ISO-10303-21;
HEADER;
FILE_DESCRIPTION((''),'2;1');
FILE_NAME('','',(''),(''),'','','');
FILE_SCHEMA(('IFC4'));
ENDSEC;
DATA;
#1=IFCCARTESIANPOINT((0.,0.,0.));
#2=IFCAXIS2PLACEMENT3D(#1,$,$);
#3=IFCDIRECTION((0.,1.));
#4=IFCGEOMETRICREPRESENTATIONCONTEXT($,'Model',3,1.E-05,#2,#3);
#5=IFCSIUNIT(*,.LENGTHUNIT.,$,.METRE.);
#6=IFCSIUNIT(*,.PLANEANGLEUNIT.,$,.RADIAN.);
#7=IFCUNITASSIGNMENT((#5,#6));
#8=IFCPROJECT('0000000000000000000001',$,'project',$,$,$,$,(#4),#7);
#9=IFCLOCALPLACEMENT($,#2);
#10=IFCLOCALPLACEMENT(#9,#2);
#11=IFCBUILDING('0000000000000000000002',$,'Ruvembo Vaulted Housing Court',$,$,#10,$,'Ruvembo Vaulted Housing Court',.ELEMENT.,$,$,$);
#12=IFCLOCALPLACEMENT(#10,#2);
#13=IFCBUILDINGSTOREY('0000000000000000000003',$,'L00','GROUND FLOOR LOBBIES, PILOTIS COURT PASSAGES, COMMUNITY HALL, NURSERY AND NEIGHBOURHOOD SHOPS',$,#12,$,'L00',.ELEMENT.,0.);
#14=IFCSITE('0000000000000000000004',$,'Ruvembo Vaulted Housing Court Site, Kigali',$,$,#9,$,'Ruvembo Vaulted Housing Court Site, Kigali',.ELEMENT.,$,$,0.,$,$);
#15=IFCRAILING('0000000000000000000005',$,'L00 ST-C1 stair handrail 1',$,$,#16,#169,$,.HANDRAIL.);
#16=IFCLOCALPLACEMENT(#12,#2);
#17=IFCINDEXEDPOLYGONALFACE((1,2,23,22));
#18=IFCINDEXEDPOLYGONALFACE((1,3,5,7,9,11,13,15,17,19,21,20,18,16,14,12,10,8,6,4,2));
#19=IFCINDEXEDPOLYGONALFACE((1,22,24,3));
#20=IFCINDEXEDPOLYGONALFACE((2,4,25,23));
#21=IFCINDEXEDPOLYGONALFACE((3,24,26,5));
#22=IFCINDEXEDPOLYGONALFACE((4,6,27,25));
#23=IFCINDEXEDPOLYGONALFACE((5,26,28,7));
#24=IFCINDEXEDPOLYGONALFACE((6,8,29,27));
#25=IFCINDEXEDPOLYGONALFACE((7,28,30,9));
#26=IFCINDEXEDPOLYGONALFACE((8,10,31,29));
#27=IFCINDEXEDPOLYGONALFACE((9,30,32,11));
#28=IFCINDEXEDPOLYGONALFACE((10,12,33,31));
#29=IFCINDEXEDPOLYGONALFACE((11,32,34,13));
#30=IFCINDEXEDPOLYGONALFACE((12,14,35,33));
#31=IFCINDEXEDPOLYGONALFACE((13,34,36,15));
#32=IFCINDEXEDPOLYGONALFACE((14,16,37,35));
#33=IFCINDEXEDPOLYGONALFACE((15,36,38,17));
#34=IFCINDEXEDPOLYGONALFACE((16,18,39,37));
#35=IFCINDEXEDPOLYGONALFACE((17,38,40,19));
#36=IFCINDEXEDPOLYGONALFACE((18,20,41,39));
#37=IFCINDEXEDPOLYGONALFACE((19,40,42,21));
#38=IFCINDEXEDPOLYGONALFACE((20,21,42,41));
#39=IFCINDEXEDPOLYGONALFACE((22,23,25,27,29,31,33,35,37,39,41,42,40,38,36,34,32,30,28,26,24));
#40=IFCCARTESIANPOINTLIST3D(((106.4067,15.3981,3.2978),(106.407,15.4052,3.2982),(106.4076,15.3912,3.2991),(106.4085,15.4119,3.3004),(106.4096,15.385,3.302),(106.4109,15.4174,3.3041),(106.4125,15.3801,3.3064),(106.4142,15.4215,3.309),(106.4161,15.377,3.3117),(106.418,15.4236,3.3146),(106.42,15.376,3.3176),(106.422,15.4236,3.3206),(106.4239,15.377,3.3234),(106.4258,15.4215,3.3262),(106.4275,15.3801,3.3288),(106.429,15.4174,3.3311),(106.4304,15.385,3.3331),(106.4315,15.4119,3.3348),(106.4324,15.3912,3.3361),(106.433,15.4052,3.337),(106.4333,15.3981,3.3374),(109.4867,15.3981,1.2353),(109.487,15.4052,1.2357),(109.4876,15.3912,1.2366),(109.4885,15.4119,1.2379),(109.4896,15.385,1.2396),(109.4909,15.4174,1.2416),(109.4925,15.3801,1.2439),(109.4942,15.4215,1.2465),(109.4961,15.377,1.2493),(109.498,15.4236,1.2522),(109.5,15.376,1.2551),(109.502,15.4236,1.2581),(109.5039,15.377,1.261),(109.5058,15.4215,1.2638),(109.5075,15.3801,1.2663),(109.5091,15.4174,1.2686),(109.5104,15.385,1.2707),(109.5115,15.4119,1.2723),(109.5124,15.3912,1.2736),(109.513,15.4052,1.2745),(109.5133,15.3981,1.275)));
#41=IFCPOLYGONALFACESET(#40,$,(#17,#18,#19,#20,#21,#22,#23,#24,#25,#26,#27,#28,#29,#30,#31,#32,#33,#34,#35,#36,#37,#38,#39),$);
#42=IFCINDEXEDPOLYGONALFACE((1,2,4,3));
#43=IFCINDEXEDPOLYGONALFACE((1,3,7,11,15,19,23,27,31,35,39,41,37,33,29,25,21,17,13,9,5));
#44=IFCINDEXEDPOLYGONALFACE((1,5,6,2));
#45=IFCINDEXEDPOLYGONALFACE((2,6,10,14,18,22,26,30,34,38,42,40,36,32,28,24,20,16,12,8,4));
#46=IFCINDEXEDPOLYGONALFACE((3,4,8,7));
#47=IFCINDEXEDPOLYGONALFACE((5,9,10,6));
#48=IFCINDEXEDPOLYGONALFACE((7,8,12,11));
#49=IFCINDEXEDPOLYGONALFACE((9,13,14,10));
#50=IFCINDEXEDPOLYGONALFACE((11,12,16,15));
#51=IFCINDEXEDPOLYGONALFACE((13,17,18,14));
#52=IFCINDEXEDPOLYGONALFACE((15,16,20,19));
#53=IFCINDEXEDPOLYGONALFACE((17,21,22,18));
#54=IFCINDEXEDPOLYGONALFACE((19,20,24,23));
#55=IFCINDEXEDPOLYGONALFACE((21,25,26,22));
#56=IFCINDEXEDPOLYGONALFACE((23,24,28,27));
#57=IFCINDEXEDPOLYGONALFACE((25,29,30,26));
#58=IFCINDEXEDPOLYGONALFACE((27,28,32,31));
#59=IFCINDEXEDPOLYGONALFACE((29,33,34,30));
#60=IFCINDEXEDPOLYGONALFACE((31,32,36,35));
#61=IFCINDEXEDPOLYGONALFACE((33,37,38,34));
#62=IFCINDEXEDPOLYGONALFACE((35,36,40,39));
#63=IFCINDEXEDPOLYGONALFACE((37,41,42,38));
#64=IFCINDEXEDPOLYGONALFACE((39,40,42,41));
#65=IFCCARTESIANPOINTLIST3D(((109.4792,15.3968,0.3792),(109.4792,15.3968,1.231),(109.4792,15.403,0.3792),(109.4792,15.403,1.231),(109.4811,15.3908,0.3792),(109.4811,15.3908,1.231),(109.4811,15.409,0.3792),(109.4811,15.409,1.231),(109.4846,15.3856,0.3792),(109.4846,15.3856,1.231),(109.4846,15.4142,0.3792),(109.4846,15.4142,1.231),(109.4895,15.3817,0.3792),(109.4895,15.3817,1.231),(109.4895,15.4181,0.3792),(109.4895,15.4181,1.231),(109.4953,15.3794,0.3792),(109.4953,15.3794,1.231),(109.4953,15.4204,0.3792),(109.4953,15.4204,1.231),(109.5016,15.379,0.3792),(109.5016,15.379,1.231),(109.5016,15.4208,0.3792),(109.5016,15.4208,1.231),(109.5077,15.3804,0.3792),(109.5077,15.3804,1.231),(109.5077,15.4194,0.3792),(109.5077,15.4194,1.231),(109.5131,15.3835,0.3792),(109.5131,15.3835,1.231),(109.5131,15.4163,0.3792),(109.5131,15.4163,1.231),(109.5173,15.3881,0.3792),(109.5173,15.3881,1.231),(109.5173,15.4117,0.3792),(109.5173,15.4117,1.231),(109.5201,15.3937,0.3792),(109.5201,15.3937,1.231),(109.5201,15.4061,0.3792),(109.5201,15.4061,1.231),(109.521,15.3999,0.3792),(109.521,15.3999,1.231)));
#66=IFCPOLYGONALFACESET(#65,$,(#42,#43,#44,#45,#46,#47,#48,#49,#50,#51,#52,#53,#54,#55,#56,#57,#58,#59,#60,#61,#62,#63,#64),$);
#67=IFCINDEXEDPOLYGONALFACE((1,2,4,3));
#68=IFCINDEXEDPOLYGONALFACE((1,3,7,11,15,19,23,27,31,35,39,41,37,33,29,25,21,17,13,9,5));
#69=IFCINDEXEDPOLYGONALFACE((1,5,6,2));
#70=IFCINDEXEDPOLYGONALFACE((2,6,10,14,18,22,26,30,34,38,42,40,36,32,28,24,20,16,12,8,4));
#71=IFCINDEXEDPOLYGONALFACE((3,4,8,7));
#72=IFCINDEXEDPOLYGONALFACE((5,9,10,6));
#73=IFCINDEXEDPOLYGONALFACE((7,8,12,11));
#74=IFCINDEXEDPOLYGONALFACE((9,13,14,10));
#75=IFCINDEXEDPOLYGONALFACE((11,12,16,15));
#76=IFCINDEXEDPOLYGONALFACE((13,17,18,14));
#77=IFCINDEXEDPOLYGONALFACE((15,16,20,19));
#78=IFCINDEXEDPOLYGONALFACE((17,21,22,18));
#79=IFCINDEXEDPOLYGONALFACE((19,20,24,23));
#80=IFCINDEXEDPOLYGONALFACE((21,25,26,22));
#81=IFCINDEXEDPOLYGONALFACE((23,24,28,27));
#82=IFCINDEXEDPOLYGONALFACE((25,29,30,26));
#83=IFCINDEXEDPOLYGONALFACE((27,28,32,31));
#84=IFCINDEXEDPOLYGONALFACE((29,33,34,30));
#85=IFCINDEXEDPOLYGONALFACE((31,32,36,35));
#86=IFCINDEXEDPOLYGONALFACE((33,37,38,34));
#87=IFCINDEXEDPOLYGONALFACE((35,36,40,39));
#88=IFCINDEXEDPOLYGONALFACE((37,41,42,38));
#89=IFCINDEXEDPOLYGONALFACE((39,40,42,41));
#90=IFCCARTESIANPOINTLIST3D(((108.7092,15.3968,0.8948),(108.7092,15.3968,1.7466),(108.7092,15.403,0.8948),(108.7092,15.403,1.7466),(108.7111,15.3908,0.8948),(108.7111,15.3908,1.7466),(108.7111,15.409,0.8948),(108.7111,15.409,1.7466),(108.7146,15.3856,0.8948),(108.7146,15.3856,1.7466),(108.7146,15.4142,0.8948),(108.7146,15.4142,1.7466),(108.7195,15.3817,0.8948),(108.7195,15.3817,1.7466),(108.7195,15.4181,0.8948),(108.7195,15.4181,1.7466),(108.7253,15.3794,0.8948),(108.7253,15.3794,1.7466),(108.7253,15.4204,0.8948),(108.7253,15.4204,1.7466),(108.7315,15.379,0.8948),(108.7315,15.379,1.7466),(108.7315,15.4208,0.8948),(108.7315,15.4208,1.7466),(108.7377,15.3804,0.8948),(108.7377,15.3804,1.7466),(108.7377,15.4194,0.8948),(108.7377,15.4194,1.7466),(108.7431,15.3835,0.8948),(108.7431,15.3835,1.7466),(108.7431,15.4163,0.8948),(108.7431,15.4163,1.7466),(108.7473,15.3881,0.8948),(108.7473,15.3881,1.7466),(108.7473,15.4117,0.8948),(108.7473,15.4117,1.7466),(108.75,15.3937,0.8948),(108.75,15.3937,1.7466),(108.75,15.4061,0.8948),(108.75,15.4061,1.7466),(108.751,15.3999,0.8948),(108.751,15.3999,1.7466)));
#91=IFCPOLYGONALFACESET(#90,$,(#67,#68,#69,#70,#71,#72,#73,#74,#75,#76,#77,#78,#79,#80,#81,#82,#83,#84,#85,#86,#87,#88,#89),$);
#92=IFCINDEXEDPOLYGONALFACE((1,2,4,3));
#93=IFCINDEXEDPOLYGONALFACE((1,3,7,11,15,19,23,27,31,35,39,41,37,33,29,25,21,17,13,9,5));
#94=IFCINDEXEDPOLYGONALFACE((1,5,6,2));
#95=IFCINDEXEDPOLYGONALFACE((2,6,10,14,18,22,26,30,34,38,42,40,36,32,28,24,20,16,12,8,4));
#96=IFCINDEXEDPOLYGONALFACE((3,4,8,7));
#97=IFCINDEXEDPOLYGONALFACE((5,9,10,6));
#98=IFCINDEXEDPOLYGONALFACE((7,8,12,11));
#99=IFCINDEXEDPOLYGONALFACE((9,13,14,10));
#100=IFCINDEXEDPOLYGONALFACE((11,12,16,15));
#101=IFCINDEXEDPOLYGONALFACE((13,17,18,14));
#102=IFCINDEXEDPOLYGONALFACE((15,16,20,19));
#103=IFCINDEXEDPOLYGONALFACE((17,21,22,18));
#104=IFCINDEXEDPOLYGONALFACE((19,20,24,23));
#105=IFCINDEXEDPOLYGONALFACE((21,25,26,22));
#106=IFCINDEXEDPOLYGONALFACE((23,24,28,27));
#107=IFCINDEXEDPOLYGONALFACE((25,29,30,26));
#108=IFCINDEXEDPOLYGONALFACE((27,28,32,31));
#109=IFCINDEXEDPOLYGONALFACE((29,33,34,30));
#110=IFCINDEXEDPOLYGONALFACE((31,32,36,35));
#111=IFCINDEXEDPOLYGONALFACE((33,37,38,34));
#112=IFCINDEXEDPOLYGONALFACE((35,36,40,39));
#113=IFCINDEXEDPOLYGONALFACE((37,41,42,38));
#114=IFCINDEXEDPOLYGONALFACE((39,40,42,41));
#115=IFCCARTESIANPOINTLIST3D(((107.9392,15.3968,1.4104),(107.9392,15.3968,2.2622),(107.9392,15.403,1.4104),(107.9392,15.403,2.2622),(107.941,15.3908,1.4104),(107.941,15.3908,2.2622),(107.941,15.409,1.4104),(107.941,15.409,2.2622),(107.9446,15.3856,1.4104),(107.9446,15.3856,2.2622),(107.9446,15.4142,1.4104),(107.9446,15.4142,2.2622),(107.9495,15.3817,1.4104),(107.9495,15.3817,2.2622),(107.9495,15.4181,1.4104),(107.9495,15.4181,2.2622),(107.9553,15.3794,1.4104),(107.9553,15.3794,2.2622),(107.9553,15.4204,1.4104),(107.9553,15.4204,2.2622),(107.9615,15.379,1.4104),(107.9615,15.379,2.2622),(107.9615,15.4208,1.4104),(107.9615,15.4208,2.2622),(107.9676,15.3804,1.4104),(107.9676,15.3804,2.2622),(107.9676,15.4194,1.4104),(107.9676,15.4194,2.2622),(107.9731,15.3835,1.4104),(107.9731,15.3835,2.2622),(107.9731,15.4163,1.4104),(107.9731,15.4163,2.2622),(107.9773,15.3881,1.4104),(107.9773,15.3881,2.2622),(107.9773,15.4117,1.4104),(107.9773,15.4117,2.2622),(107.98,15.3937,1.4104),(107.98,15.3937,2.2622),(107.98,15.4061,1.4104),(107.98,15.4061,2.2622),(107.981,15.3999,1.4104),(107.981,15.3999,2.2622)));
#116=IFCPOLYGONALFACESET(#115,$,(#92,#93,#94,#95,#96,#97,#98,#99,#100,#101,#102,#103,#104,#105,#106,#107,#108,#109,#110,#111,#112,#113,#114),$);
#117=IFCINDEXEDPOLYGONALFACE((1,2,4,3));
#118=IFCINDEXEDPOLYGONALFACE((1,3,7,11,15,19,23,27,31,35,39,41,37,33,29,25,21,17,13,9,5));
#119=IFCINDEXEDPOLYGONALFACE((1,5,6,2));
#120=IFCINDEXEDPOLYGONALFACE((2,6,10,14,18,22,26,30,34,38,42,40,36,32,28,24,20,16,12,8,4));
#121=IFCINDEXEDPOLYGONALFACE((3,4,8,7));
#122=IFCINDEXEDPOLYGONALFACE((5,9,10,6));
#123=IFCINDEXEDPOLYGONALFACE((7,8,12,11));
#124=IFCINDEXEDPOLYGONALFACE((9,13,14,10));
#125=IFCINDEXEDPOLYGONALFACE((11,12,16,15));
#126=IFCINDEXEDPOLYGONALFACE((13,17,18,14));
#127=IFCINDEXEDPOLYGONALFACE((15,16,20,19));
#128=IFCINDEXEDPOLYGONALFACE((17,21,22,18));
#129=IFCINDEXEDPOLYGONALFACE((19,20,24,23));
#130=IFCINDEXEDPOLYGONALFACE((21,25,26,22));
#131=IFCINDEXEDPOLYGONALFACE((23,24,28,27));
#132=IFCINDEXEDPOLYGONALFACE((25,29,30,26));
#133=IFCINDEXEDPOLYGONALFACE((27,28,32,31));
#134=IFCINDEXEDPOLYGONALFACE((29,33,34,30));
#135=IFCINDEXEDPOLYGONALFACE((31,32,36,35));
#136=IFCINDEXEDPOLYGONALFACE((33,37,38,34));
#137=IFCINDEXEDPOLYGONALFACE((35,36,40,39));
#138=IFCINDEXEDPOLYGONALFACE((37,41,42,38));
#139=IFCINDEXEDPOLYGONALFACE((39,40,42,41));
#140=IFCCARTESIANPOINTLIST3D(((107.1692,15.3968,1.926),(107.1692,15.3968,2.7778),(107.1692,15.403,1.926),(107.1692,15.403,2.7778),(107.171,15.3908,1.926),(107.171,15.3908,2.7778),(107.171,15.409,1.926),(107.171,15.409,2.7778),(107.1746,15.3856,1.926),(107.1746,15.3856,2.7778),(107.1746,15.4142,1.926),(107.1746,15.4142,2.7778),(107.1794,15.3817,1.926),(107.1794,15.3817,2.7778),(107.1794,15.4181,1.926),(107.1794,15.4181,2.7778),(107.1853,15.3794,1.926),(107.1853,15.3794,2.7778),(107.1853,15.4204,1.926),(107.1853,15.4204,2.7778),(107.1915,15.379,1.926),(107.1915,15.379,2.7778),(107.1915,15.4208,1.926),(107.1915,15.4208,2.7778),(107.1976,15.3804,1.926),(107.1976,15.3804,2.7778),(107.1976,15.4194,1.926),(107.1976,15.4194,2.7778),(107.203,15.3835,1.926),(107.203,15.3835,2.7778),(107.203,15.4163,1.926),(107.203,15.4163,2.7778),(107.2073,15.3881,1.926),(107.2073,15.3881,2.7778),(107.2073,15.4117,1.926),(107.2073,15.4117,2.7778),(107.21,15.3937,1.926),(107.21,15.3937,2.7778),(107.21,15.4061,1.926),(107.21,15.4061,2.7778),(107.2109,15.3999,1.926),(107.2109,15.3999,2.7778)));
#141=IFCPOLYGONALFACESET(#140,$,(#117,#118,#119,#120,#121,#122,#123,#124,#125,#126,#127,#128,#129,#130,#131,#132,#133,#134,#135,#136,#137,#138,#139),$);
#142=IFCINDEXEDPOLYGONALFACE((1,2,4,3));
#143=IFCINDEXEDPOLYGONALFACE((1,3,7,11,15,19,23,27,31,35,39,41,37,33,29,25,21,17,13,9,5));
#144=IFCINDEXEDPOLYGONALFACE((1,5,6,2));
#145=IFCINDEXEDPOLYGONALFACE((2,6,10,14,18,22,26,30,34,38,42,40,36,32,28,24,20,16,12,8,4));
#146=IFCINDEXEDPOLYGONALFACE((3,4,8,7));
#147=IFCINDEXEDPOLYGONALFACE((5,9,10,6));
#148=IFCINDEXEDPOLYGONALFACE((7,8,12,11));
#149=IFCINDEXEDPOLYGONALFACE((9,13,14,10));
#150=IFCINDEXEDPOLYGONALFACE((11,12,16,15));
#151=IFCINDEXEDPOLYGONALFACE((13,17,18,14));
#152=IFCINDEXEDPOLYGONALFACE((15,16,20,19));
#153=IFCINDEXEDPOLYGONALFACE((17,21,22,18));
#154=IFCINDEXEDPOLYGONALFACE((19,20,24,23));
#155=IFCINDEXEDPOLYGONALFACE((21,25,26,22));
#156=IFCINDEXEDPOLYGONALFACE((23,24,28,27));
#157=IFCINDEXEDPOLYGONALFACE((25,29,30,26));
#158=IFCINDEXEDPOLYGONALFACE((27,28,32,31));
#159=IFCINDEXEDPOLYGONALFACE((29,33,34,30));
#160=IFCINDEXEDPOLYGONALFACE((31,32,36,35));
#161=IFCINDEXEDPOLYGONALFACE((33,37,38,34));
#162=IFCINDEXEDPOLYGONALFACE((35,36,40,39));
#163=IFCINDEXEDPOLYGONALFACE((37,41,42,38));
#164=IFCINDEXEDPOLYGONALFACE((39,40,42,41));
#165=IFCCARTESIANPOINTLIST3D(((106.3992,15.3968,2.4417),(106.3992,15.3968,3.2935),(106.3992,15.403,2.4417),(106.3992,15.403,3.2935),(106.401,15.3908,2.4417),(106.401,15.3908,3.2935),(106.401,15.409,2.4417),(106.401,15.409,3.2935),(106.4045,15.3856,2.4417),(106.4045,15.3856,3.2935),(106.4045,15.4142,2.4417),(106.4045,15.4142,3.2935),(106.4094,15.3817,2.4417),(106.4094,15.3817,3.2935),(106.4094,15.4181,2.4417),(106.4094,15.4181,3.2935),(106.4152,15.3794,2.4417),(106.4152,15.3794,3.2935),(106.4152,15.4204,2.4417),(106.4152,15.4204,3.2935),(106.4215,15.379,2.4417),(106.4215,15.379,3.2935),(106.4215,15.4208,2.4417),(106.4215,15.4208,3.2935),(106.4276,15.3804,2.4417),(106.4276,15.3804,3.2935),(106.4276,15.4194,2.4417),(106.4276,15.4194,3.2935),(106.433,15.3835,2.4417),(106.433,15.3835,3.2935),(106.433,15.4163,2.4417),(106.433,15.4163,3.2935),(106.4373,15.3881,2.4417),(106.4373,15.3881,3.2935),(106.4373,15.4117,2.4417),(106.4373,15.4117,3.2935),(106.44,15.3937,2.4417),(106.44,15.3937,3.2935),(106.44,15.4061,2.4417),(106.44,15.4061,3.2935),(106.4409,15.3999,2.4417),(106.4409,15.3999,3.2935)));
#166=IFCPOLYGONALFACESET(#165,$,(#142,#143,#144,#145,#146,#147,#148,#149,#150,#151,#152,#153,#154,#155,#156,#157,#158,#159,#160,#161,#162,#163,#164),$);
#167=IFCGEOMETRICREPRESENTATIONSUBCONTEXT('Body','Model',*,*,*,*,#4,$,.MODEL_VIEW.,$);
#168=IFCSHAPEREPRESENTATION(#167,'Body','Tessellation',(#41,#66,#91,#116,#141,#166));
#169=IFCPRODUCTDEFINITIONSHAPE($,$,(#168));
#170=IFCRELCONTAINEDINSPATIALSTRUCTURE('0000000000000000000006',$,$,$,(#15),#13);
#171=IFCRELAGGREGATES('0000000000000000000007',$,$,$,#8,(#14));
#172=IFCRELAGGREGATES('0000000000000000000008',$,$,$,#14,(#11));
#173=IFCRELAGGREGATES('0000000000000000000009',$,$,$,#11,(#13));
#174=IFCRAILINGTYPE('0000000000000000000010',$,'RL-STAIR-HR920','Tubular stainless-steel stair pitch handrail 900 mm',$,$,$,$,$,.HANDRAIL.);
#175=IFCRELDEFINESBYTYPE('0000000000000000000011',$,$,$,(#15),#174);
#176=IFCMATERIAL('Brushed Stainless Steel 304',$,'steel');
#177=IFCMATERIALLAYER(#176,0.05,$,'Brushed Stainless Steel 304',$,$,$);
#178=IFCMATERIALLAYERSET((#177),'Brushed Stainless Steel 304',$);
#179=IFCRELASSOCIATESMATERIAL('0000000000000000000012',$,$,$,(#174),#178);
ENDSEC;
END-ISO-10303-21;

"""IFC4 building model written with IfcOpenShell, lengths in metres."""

from ifc_helpers import new_model, si_unit, direction, frame, origin, origin_2d, place, context, subcontext, project, spatial, circle, extrude, material, layer, layer_set, type_object, element, save


model = new_model("IFC4")

# Units and contexts
model_context = context("Model", 3, precision=1e-05, world=origin(), true_north=direction((0.0, 1.0)))
body_context = subcontext(model_context, "Body", "Model", "MODEL_VIEW")
ifc_project = project(units=[si_unit("LENGTHUNIT", "METRE"), si_unit("PLANEANGLEUNIT", "RADIAN")], contexts=[model_context])

# Site, building, storey
site_placement = place(None, origin())
site = spatial("IfcSite", under=ifc_project, at=site_placement, Name="Ruvembo Vaulted Housing Court Site, Kigali", LongName="Ruvembo Vaulted Housing Court Site, Kigali", CompositionType="ELEMENT", RefElevation=0.0)
building_placement = place(site_placement, origin())
building = spatial("IfcBuilding", under=site, at=building_placement, Name="Ruvembo Vaulted Housing Court", LongName="Ruvembo Vaulted Housing Court", CompositionType="ELEMENT")
storey_placement = place(building_placement, origin())
storey = spatial("IfcBuildingStorey", under=building, at=storey_placement, Name="L00", Description="GROUND FLOOR LOBBIES, PILOTIS COURT PASSAGES, COMMUNITY HALL, NURSERY AND NEIGHBOURHOOD SHOPS", LongName="L00", CompositionType="ELEMENT", Elevation=0.0)

# Railing
ifc_material_1 = material(Name="Brushed Stainless Steel 304", Category="steel")
ifc_layer_1 = layer(ifc_material_1, 0.05, Name="Brushed Stainless Steel 304")
ifc_layer_set_1 = layer_set([ifc_layer_1], Name="Brushed Stainless Steel 304")
railing_type_1 = type_object("IfcRailingType", Name="RL-STAIR-HR920", Description="Tubular stainless-steel stair pitch handrail 900 mm", PredefinedType="HANDRAIL", material=ifc_layer_set_1)
railing_1_placement = place(storey_placement, frame((109.5, 15.3999, 0.3792)))
element("IfcRailing", 1, at=railing_1_placement, inside=storey, type_object=railing_type_1, Name="L00 ST-C1 stair handrail 1", PredefinedType="HANDRAIL", context=body_context, shape_type="SweptSolid", body=[
    extrude(circle(Radius=0.0239, at=origin_2d()), frame((0.0, 0.0, 0.876), z_axis=(-0.830914, 0.0, 0.556401), x_axis=(0.0, -1.0, 0.0)), (0.0, 0.0, 1.0), 3.7068),
    extrude(circle(Radius=0.021, at=origin_2d()), origin(), (0.0, 0.0, 1.0), 0.8518),
    extrude(circle(Radius=0.021, at=origin_2d()), frame((-0.77, 0.0, 0.5156)), (0.0, 0.0, 1.0), 0.8518),
    extrude(circle(Radius=0.021, at=origin_2d()), frame((-1.54, 0.0, 1.0312)), (0.0, 0.0, 1.0), 0.8518),
    extrude(circle(Radius=0.021, at=origin_2d()), frame((-2.3101, 0.0, 1.5469)), (0.0, 0.0, 1.0), 0.8518),
    extrude(circle(Radius=0.021, at=origin_2d()), frame((-3.0801, 0.0, 2.0625)), (0.0, 0.0, 1.0), 0.8518),
])

save(model, "model.ifc")
